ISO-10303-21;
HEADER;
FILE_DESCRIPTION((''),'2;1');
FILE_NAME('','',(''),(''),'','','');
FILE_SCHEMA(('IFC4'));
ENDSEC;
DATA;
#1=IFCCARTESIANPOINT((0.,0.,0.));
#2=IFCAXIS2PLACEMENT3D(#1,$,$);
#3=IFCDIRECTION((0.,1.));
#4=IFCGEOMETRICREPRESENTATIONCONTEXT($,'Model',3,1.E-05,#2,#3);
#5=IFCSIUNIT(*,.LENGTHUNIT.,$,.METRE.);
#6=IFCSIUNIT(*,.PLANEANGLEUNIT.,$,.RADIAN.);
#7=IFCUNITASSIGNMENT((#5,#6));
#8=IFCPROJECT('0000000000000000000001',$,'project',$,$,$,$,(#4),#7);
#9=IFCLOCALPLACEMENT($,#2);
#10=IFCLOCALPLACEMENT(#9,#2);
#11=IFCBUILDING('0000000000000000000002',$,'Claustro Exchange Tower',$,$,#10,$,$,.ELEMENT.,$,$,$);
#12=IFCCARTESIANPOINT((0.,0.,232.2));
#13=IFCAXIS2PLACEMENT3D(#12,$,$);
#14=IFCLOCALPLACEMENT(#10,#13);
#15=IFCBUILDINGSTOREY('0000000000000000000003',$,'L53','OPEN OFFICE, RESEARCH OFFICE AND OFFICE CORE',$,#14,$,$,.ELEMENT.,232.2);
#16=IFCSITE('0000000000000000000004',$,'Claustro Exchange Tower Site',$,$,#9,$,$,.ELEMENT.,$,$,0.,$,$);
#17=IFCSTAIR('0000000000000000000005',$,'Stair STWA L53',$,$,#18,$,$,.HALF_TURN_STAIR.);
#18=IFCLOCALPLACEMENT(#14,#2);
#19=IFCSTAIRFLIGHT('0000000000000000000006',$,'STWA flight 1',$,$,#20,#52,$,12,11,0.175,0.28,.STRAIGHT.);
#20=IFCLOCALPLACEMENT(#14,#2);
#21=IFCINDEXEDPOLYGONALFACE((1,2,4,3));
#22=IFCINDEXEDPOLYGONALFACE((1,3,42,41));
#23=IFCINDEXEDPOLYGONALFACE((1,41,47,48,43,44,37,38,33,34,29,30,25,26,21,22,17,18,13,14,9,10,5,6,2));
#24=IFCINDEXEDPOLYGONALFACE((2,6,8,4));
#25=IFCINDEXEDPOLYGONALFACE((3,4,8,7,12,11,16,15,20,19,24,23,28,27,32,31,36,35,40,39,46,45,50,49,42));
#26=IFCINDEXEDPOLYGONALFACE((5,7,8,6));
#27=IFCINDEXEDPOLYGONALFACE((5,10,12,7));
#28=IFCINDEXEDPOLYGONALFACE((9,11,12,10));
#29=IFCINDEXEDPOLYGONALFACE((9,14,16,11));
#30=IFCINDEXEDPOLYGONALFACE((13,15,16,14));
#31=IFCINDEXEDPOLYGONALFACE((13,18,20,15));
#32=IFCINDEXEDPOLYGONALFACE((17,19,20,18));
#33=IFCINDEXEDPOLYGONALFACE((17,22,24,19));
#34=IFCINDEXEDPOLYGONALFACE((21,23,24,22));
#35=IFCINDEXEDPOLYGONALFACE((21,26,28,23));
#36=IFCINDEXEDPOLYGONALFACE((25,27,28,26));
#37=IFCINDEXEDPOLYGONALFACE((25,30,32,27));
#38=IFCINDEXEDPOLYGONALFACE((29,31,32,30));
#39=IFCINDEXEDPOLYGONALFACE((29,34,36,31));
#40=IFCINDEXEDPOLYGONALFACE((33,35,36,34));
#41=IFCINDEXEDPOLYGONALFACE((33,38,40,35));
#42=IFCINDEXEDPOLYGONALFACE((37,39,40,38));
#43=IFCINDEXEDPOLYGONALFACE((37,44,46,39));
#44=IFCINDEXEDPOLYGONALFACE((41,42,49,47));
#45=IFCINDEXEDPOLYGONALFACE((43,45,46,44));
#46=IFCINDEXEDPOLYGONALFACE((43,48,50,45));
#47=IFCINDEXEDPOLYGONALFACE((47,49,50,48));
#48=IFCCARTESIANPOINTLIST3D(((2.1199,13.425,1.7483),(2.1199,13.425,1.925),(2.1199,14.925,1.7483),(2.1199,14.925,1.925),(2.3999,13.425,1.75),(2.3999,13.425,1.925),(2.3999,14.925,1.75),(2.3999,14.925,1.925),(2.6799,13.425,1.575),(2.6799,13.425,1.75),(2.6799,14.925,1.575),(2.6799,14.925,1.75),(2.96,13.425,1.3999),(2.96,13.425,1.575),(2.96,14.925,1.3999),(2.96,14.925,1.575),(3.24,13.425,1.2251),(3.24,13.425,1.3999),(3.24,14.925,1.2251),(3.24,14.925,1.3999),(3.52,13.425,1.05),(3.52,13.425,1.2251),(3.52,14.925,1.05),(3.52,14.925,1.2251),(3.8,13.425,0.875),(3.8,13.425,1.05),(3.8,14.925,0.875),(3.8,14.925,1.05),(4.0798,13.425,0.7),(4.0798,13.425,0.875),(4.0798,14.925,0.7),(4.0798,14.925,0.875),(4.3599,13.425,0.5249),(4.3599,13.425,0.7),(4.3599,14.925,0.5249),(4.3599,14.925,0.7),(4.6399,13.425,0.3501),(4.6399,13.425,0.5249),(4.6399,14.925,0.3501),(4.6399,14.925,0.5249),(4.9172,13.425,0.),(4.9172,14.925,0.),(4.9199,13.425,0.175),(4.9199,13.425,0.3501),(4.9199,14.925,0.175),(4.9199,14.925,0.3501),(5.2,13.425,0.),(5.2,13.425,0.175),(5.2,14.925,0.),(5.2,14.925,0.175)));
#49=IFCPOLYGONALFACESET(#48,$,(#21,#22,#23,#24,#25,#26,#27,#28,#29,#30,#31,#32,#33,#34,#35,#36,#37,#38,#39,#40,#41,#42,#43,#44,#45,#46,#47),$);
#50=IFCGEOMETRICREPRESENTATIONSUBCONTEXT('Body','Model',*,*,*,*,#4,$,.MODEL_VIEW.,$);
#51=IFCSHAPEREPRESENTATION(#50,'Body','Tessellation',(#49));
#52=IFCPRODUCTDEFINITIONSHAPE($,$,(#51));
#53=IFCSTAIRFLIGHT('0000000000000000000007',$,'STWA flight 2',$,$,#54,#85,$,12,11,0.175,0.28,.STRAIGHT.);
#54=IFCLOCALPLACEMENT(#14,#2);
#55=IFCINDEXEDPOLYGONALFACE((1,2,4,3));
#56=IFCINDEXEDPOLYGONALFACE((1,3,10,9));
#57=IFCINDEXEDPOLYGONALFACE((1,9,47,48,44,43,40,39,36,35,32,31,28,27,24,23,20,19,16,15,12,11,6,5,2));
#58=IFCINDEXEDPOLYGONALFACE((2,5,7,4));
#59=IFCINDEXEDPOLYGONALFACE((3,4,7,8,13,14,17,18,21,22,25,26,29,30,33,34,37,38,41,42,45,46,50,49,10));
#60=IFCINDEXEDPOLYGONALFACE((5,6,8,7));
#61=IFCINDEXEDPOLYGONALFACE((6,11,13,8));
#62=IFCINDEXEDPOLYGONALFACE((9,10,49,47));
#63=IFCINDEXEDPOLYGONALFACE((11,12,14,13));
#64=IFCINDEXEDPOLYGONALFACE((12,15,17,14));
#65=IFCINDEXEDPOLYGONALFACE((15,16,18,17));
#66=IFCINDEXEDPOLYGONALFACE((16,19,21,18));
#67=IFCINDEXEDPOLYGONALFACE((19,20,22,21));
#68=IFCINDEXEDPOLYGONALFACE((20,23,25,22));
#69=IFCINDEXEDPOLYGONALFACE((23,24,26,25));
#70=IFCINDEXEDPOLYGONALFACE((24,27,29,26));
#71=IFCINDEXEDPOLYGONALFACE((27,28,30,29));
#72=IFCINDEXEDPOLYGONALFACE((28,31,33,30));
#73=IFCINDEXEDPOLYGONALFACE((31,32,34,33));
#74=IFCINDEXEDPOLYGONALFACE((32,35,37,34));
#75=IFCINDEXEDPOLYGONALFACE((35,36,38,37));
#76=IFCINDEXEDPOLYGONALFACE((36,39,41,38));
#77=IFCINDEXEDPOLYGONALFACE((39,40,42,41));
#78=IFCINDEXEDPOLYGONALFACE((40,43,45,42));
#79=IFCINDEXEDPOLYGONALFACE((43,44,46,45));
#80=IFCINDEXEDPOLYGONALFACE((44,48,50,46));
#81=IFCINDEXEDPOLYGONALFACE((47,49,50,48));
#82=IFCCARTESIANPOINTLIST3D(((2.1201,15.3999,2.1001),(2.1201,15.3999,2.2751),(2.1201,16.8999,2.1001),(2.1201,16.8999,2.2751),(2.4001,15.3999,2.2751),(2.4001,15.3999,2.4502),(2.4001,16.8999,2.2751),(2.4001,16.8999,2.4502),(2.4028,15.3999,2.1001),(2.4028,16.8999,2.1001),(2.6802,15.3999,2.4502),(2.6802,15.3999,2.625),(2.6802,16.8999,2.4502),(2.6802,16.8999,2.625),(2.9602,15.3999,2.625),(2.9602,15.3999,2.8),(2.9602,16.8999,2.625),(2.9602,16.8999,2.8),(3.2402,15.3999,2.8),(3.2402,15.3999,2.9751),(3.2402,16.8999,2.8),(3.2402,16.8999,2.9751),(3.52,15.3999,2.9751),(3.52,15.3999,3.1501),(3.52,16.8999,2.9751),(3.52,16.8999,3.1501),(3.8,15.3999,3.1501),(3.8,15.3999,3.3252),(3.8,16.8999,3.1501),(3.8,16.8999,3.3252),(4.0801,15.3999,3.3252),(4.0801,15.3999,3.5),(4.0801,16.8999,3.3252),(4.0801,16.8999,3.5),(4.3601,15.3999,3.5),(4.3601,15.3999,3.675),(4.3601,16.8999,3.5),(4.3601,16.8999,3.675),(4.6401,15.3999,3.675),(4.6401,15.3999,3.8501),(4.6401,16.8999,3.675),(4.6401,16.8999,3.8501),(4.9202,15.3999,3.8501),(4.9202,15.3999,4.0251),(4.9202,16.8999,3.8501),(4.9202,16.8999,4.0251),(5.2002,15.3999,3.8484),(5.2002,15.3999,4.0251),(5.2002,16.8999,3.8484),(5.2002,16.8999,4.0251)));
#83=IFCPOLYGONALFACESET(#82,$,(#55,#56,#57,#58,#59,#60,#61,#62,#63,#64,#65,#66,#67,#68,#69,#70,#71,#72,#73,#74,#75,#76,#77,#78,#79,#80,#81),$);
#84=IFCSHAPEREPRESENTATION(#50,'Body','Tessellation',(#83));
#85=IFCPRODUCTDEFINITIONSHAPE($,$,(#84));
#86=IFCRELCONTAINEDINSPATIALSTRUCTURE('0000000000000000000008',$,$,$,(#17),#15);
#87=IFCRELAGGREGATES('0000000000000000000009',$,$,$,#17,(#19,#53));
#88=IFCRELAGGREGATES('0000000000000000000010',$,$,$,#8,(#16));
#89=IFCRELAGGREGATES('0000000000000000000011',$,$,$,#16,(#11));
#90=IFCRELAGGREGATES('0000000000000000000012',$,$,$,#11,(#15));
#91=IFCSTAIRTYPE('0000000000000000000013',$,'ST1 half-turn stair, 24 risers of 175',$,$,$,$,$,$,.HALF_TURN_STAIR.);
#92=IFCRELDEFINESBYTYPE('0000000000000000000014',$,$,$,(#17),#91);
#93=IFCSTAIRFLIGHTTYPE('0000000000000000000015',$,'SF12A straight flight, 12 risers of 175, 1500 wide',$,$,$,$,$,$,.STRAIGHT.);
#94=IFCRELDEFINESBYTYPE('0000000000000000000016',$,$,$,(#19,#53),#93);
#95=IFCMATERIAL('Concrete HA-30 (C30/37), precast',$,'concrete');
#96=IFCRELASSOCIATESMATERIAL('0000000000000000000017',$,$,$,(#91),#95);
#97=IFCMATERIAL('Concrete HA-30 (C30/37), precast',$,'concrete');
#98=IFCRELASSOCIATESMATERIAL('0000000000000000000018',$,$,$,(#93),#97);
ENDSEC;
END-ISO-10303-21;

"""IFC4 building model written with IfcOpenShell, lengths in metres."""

from ifc_helpers import new_model, si_unit, direction, frame, origin, place, context, subcontext, project, spatial, polyline, outline, extrude, material, type_object, element, aggregate, save


model = new_model("IFC4")

# Units and contexts
model_context = context("Model", 3, precision=1e-05, world=origin(), true_north=direction((0.0, 1.0)))
body_context = subcontext(model_context, "Body", "Model", "MODEL_VIEW")
ifc_project = project(units=[si_unit("LENGTHUNIT", "METRE"), si_unit("PLANEANGLEUNIT", "RADIAN")], contexts=[model_context])

# Site, building, storey
site_placement = place(None, origin())
site = spatial("IfcSite", under=ifc_project, at=site_placement, Name="Claustro Exchange Tower Site", CompositionType="ELEMENT", RefElevation=0.0)
building_placement = place(site_placement, origin())
building = spatial("IfcBuilding", under=site, at=building_placement, Name="Claustro Exchange Tower", CompositionType="ELEMENT")
storey_placement = place(building_placement, frame((0.0, 0.0, 232.2)))
storey = spatial("IfcBuildingStorey", under=building, at=storey_placement, Name="L53", Description="OPEN OFFICE, RESEARCH OFFICE AND OFFICE CORE", CompositionType="ELEMENT", Elevation=232.2)

# Stair, stair flights
ifc_material_1 = material(Name="Concrete HA-30 (C30/37), precast", Category="concrete")
stair_type = type_object("IfcStairType", Name="ST1 half-turn stair, 24 risers of 175", PredefinedType="HALF_TURN_STAIR", material=ifc_material_1)
stair_placement = place(storey_placement, origin())
stair = element("IfcStair", 1, at=stair_placement, inside=storey, type_object=stair_type, Name="Stair STWA L53", PredefinedType="HALF_TURN_STAIR")
ifc_material_2 = material(Name="Concrete HA-30 (C30/37), precast", Category="concrete")
stair_flight_type = type_object("IfcStairFlightType", Name="SF12A straight flight, 12 risers of 175, 1500 wide", PredefinedType="STRAIGHT", material=ifc_material_2)
stair_flight_1_placement = place(storey_placement, frame((5.2, 14.175, 0.0), z_axis=(0.0, 0.0, 1.0), x_axis=(-1.0, 0.0, 0.0)))
stair_flight_1 = element("IfcStairFlight", 2, at=stair_flight_1_placement, type_object=stair_flight_type, Name="STWA flight 1", NumberOfRisers=12, NumberOfTreads=11, PredefinedType="STRAIGHT", RiserHeight=0.175, TreadLength=0.28, context=body_context, shape_type="SweptSolid", body=[
    extrude(outline(polyline([(0.0, 0.0), (0.0, 0.175), (0.28, 0.175), (0.28, 0.3501), (0.5601, 0.3501), (0.5601, 0.5249), (0.8401, 0.5249), (0.8401, 0.7), (1.1201, 0.7), (1.1201, 0.875), (1.3999, 0.875), (1.3999, 1.05), (1.6799, 1.05), (1.6799, 1.2251), (1.96, 1.2251), (1.96, 1.3999), (2.24, 1.3999), (2.24, 1.575), (2.52, 1.575), (2.52, 1.75), (2.8, 1.75), (2.8, 1.925), (3.0801, 1.925), (3.0801, 2.1001), (3.0801, 1.7483), (0.2827, 0.0), (0.0, 0.0)])), frame((0.0, 0.75, 0.0), z_axis=(0.0, -1.0, 0.0), x_axis=(1.0, 0.0, 0.0)), (0.0, 0.0, 1.0), 1.5),
])
stair_flight_2_placement = place(storey_placement, frame((2.1201, 16.1499, 2.1001), z_axis=(0.0, 0.0, 1.0), x_axis=(1.0, 0.0, 0.0)))
stair_flight_2 = element("IfcStairFlight", 3, at=stair_flight_2_placement, type_object=stair_flight_type, Name="STWA flight 2", NumberOfRisers=12, NumberOfTreads=11, PredefinedType="STRAIGHT", RiserHeight=0.175, TreadLength=0.28, context=body_context, shape_type="SweptSolid", body=[
    extrude(outline(polyline([(0.0, 0.0), (0.0, 0.175), (0.28, 0.175), (0.28, 0.3501), (0.5601, 0.3501), (0.5601, 0.5249), (0.8401, 0.5249), (0.8401, 0.7), (1.1201, 0.7), (1.1201, 0.875), (1.3999, 0.875), (1.3999, 1.05), (1.6799, 1.05), (1.6799, 1.2251), (1.96, 1.2251), (1.96, 1.3999), (2.24, 1.3999), (2.24, 1.575), (2.52, 1.575), (2.52, 1.75), (2.8, 1.75), (2.8, 1.925), (3.0801, 1.925), (3.0801, 2.1001), (3.0801, 1.7483), (0.2827, 0.0), (0.0, 0.0)])), frame((0.0, 0.75, 0.0), z_axis=(0.0, -1.0, 0.0), x_axis=(1.0, 0.0, 0.0)), (0.0, 0.0, 1.0), 1.5),
])
aggregate(stair, [stair_flight_1, stair_flight_2])

save(model, "model.ifc")
